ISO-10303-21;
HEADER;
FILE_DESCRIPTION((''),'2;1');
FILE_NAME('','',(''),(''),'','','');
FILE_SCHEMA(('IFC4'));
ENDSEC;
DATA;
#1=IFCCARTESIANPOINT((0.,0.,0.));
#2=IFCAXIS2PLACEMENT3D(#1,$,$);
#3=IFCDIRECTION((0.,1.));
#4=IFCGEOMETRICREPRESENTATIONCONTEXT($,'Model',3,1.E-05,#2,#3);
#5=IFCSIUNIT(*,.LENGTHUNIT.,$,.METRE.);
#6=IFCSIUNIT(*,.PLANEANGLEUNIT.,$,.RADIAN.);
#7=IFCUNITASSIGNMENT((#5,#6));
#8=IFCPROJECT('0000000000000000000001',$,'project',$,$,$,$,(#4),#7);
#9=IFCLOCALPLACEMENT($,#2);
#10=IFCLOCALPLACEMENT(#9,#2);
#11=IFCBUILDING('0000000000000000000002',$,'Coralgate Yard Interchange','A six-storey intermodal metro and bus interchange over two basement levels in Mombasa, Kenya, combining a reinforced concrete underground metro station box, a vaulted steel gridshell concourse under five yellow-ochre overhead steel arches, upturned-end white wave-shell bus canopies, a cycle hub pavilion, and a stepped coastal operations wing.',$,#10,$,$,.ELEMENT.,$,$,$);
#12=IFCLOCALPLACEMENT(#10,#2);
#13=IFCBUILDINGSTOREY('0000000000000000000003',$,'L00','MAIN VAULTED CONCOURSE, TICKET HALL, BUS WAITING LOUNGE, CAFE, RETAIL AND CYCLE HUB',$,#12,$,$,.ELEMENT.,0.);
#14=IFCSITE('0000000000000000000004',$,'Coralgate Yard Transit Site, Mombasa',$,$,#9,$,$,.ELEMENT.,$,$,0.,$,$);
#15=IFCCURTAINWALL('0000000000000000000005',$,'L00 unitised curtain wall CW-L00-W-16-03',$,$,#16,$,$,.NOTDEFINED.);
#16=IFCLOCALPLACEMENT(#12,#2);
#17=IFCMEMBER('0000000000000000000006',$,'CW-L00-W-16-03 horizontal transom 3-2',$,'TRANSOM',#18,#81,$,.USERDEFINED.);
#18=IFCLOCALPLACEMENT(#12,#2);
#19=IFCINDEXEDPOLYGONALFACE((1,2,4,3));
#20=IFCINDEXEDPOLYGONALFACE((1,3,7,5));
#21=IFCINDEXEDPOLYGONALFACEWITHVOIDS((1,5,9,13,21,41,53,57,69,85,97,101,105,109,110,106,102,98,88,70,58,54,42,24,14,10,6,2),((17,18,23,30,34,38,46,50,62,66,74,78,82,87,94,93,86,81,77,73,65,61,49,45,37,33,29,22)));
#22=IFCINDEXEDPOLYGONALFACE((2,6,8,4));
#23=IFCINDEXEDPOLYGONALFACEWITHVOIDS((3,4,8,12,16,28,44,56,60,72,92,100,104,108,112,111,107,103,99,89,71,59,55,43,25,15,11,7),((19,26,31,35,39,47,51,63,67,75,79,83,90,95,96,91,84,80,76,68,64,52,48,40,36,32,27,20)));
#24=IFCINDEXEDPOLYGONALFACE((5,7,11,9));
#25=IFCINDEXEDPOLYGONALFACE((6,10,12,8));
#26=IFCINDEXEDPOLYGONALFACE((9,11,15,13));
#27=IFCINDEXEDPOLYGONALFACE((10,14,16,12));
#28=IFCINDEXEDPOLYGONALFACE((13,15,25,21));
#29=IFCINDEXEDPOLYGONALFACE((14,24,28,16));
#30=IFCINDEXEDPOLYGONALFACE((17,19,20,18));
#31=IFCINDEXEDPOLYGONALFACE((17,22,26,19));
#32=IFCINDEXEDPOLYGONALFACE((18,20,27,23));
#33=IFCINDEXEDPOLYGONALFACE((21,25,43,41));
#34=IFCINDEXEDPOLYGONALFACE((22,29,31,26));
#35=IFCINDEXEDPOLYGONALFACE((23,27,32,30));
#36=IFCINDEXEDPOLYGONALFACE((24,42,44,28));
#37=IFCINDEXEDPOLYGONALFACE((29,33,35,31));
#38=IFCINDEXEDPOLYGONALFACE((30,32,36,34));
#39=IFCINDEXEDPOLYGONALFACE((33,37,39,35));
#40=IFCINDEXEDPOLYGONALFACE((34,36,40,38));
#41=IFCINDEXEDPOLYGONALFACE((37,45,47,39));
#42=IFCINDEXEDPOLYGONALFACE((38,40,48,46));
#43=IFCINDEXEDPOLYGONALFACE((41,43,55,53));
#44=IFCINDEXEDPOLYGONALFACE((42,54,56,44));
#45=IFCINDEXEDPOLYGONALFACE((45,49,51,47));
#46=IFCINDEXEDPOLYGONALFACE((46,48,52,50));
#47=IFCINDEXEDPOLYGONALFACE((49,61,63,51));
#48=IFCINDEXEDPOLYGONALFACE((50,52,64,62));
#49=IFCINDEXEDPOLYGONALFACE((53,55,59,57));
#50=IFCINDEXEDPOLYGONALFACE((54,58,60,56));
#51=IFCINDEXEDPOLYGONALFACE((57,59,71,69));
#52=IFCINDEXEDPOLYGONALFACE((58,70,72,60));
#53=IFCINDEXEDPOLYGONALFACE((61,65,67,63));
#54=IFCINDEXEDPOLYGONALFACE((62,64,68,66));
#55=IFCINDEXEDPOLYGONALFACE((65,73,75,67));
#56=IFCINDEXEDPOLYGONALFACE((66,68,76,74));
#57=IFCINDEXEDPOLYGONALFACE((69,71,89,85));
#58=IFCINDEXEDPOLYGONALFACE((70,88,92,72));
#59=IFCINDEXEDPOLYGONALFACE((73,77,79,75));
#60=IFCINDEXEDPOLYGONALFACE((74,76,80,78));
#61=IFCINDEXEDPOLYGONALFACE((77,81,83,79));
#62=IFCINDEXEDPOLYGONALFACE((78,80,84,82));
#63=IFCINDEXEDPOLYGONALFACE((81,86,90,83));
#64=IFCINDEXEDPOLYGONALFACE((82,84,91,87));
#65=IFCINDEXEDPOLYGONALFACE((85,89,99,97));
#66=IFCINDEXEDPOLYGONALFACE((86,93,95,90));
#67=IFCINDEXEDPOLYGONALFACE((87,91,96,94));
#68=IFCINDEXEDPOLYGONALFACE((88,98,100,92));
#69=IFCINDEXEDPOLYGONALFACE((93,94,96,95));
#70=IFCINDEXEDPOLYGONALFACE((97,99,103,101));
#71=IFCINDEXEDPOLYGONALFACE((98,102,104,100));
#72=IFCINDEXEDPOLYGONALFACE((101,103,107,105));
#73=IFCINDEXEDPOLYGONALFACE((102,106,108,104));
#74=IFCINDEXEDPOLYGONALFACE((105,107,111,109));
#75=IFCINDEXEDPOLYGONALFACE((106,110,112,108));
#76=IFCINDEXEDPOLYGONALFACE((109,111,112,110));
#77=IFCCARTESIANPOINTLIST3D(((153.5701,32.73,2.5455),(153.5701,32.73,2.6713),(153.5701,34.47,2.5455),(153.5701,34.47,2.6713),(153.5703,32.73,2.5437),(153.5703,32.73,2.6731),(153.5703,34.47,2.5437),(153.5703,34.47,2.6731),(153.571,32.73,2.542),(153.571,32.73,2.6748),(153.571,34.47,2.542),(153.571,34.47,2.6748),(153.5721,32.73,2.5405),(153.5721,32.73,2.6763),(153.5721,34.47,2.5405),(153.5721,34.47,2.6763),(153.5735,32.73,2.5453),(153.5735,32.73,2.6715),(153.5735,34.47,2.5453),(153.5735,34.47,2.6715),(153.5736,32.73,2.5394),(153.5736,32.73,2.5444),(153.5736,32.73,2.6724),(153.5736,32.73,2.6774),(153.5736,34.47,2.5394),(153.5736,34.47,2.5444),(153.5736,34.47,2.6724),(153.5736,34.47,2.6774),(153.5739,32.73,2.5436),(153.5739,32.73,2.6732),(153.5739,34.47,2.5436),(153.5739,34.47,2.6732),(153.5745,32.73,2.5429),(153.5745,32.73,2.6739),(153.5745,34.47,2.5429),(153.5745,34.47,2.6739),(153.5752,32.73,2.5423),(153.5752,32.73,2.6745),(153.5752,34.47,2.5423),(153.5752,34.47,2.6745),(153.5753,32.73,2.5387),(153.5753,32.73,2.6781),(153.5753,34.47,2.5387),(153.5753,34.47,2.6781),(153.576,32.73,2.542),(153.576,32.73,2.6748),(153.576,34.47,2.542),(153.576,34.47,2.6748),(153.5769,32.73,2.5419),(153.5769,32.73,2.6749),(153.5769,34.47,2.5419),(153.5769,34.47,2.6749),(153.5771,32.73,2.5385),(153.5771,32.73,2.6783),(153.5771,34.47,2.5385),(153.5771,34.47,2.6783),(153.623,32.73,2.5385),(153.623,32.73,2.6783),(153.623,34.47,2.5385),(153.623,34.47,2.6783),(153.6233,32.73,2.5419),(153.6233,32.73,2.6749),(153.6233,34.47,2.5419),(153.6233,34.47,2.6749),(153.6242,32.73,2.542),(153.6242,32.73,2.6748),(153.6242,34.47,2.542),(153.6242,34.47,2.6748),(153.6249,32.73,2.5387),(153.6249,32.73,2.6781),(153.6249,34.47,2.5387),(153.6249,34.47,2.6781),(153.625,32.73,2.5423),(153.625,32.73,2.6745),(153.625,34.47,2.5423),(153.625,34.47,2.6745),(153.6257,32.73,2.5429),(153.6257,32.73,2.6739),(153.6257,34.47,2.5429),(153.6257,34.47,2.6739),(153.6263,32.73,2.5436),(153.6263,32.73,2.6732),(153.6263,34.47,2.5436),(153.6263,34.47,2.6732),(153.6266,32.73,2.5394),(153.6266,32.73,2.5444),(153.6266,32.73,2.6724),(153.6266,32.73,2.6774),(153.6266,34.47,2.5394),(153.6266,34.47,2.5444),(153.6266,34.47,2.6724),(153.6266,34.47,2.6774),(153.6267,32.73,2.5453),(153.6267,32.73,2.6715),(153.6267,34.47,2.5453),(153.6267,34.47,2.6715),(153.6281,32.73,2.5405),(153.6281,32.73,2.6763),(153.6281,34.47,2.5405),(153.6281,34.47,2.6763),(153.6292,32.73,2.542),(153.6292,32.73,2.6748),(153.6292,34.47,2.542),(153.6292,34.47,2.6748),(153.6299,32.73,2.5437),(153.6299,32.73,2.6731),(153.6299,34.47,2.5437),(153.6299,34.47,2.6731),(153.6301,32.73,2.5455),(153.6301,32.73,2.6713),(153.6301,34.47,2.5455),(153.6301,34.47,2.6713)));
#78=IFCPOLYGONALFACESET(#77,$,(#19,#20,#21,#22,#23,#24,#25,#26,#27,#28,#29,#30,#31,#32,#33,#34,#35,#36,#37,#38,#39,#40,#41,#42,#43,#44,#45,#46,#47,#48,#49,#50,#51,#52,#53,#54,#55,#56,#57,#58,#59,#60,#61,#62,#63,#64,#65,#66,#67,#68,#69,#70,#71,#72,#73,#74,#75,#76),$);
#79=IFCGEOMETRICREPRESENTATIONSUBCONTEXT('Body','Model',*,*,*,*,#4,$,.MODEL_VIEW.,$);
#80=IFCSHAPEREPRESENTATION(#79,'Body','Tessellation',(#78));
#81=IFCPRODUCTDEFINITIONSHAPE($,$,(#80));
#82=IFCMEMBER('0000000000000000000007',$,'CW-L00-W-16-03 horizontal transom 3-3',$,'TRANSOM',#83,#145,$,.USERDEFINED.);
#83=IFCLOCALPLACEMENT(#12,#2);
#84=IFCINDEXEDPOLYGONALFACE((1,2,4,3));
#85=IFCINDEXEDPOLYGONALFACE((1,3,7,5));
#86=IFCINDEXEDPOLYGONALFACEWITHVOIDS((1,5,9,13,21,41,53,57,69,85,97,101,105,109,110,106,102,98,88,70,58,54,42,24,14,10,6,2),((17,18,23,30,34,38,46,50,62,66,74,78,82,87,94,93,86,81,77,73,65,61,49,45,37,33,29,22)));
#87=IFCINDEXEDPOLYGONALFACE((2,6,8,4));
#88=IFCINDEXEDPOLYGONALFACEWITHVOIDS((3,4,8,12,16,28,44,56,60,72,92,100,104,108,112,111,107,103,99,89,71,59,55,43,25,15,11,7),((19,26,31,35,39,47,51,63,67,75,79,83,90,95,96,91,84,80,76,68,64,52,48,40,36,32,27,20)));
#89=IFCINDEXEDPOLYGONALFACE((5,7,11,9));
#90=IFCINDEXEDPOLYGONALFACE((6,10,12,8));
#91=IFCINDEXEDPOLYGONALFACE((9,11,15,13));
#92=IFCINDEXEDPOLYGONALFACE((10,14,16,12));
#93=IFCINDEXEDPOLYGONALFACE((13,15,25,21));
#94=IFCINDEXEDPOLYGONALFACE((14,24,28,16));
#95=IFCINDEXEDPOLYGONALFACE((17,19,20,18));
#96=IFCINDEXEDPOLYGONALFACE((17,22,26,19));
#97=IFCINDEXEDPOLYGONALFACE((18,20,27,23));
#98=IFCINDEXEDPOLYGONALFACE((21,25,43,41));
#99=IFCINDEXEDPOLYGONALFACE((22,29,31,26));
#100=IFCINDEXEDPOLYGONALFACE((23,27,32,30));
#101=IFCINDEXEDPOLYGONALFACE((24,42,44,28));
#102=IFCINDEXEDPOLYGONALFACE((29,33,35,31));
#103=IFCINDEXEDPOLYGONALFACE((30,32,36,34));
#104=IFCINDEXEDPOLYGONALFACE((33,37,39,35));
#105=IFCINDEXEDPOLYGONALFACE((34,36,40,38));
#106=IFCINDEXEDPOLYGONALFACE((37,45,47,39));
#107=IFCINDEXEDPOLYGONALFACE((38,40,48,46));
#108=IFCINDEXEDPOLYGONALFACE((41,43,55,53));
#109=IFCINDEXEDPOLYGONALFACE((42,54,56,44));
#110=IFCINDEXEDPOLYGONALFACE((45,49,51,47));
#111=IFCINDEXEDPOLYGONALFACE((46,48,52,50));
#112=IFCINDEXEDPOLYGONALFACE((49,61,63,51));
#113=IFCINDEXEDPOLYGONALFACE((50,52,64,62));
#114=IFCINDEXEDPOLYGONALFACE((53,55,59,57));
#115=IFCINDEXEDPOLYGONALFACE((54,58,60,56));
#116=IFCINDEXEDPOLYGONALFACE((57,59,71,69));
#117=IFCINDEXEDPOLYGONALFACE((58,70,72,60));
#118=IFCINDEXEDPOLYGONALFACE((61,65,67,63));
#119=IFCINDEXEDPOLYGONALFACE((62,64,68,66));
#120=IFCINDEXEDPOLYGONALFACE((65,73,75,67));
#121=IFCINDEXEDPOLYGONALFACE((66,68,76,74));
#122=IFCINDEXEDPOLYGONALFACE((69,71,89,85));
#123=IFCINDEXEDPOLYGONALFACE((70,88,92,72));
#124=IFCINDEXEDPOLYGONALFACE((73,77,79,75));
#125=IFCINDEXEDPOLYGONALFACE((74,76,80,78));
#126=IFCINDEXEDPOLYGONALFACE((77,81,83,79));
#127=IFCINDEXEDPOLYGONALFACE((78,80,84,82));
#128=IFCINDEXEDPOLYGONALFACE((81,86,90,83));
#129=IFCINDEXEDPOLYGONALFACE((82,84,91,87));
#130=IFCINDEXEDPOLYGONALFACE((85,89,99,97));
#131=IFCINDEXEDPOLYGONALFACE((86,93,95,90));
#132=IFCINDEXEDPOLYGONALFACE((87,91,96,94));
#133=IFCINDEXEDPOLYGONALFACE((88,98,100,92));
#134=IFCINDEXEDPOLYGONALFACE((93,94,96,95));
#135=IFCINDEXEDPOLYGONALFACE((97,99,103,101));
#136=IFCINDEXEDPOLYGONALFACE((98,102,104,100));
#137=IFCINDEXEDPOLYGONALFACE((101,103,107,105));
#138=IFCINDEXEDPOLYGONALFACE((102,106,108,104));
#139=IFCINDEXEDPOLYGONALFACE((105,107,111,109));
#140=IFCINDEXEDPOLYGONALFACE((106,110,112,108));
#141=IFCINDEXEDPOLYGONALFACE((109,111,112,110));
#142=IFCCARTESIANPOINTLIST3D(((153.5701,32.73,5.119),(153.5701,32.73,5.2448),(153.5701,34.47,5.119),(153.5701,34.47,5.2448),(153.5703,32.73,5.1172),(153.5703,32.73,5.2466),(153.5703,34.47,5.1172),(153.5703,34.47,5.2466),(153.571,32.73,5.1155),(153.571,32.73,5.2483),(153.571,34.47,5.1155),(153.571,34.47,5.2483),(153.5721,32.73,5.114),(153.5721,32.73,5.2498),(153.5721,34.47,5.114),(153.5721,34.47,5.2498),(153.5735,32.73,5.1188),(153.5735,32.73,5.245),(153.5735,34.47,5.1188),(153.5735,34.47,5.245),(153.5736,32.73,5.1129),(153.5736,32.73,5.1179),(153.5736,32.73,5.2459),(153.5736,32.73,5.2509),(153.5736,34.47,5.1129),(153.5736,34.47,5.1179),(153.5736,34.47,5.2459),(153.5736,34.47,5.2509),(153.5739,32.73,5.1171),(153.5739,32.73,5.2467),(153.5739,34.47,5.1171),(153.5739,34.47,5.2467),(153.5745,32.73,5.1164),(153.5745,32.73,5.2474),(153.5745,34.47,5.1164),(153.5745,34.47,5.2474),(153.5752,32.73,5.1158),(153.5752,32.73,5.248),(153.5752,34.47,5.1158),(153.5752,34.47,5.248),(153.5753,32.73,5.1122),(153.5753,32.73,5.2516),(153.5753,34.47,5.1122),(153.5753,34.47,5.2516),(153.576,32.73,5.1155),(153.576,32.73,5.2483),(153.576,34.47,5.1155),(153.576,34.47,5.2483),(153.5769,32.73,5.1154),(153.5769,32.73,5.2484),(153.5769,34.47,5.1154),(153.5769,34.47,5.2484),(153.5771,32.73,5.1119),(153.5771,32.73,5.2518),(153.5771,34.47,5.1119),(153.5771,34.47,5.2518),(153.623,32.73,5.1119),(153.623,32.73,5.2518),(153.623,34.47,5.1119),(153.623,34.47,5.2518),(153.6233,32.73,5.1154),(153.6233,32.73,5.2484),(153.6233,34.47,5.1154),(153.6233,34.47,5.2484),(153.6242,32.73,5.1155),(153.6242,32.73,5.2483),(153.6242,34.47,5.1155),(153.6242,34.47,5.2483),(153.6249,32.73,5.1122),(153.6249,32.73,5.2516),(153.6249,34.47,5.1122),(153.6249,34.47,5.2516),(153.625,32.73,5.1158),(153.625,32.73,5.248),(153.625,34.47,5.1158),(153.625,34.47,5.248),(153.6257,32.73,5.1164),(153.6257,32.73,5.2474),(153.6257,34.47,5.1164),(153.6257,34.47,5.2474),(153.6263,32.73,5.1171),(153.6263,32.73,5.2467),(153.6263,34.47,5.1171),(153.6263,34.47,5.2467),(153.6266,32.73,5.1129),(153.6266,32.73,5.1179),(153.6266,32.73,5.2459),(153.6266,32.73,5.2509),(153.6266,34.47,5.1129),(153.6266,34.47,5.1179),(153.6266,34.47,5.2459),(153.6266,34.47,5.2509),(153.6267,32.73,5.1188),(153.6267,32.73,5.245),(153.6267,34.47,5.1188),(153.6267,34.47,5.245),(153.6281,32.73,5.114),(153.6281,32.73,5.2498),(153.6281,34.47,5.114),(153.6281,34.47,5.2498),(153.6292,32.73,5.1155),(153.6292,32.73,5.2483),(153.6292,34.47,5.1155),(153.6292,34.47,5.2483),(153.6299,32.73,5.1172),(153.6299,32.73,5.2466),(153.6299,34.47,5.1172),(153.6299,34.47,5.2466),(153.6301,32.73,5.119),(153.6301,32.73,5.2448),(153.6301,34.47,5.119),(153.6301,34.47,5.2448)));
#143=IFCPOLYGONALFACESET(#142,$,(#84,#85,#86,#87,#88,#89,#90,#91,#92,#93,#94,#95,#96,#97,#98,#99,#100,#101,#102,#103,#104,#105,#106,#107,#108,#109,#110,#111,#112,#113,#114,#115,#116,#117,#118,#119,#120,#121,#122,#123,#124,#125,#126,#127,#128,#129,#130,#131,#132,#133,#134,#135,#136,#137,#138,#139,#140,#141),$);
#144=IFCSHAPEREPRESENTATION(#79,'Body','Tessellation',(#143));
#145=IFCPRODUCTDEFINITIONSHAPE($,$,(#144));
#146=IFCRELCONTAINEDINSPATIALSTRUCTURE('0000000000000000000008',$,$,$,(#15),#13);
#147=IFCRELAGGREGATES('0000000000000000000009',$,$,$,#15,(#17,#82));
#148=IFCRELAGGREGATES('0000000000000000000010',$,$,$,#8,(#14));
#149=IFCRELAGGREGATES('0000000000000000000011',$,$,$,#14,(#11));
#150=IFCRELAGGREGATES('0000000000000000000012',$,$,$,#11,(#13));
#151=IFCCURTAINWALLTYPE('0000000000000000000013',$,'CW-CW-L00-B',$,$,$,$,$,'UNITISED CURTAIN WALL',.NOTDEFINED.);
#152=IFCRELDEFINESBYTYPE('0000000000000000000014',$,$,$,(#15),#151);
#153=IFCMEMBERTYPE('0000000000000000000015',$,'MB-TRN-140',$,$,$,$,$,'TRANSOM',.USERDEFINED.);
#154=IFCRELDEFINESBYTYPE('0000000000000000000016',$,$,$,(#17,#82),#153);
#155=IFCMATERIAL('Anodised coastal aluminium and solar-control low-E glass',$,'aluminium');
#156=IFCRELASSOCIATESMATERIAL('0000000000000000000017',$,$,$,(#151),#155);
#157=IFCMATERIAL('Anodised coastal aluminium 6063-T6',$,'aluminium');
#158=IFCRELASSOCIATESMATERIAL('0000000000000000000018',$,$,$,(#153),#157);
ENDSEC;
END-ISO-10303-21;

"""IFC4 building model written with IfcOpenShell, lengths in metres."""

from ifc_helpers import new_model, si_unit, direction, frame, origin, origin_2d, place, context, subcontext, project, spatial, hollow_rectangle, extrude, material, material_profile, profile_set, type_object, element, aggregate, save


model = new_model("IFC4")

# Units and contexts
model_context = context("Model", 3, precision=1e-05, world=origin(), true_north=direction((0.0, 1.0)))
body_context = subcontext(model_context, "Body", "Model", "MODEL_VIEW")
ifc_project = project(units=[si_unit("LENGTHUNIT", "METRE"), si_unit("PLANEANGLEUNIT", "RADIAN")], contexts=[model_context])

# Site, building, storey
site_placement = place(None, origin())
site = spatial("IfcSite", under=ifc_project, at=site_placement, Name="Coralgate Yard Transit Site, Mombasa", CompositionType="ELEMENT", RefElevation=0.0)
building_placement = place(site_placement, origin())
building = spatial("IfcBuilding", under=site, at=building_placement, Name="Coralgate Yard Interchange", Description="A six-storey intermodal metro and bus interchange over two basement levels in Mombasa, Kenya, combining a reinforced concrete underground metro station box, a vaulted steel gridshell concourse under five yellow-ochre overhead steel arches, upturned-end white wave-shell bus canopies, a cycle hub pavilion, and a stepped coastal operations wing.", CompositionType="ELEMENT")
storey_placement = place(building_placement, origin())
storey = spatial("IfcBuildingStorey", under=building, at=storey_placement, Name="L00", Description="MAIN VAULTED CONCOURSE, TICKET HALL, BUS WAITING LOUNGE, CAFE, RETAIL AND CYCLE HUB", CompositionType="ELEMENT", Elevation=0.0)

# Curtain wall, members
ifc_material_1 = material(Name="Anodised coastal aluminium and solar-control low-E glass", Category="aluminium")
curtain_wall_type = type_object("IfcCurtainWallType", Name="CW-CW-L00-B", ElementType="UNITISED CURTAIN WALL", PredefinedType="NOTDEFINED", material=ifc_material_1)
curtain_wall_placement = place(storey_placement, origin())
curtain_wall = element("IfcCurtainWall", 1, at=curtain_wall_placement, inside=storey, type_object=curtain_wall_type, Name="L00 unitised curtain wall CW-L00-W-16-03", PredefinedType="NOTDEFINED")
ifc_material_2 = material(Name="Anodised coastal aluminium 6063-T6", Category="aluminium")
ifc_material_profile_1 = material_profile(ifc_material_2, hollow_rectangle(XDim=0.0601, YDim=0.1399, WallThickness=0.0034, InnerFilletRadius=0.0034, OuterFilletRadius=0.0071, at=origin_2d()), Name="ALU 60x140x3.5")
ifc_profile_set_1 = profile_set([ifc_material_profile_1], Name="Anodised coastal aluminium 6063-T6")
member_type_1 = type_object("IfcMemberType", Name="MB-TRN-140", ElementType="TRANSOM", PredefinedType="USERDEFINED", material=ifc_profile_set_1)
member_1_placement = place(storey_placement, frame((153.6001, 32.73, 2.6084), z_axis=(0.0, 1.0, 0.0), x_axis=(-1.0, 0.0, 0.0)))
member_1 = element("IfcMember", 2, at=member_1_placement, type_object=member_type_1, Name="CW-L00-W-16-03 horizontal transom 3-2", ObjectType="TRANSOM", PredefinedType="USERDEFINED", context=body_context, shape_type="SweptSolid", body=[
    extrude(hollow_rectangle(XDim=0.0601, YDim=0.1399, WallThickness=0.0034, InnerFilletRadius=0.0034, OuterFilletRadius=0.0071, at=origin_2d()), origin(), (0.0, 0.0, 1.0), 1.74),
])
member_2_placement = place(storey_placement, frame((153.6001, 32.73, 5.1819), z_axis=(0.0, 1.0, 0.0), x_axis=(-1.0, 0.0, 0.0)))
member_2 = element("IfcMember", 3, at=member_2_placement, type_object=member_type_1, Name="CW-L00-W-16-03 horizontal transom 3-3", ObjectType="TRANSOM", PredefinedType="USERDEFINED", context=body_context, shape_type="SweptSolid", body=[
    extrude(hollow_rectangle(XDim=0.0601, YDim=0.1399, WallThickness=0.0034, InnerFilletRadius=0.0034, OuterFilletRadius=0.0071, at=origin_2d()), origin(), (0.0, 0.0, 1.0), 1.74),
])
aggregate(curtain_wall, [member_1, member_2])

save(model, "model.ifc")
